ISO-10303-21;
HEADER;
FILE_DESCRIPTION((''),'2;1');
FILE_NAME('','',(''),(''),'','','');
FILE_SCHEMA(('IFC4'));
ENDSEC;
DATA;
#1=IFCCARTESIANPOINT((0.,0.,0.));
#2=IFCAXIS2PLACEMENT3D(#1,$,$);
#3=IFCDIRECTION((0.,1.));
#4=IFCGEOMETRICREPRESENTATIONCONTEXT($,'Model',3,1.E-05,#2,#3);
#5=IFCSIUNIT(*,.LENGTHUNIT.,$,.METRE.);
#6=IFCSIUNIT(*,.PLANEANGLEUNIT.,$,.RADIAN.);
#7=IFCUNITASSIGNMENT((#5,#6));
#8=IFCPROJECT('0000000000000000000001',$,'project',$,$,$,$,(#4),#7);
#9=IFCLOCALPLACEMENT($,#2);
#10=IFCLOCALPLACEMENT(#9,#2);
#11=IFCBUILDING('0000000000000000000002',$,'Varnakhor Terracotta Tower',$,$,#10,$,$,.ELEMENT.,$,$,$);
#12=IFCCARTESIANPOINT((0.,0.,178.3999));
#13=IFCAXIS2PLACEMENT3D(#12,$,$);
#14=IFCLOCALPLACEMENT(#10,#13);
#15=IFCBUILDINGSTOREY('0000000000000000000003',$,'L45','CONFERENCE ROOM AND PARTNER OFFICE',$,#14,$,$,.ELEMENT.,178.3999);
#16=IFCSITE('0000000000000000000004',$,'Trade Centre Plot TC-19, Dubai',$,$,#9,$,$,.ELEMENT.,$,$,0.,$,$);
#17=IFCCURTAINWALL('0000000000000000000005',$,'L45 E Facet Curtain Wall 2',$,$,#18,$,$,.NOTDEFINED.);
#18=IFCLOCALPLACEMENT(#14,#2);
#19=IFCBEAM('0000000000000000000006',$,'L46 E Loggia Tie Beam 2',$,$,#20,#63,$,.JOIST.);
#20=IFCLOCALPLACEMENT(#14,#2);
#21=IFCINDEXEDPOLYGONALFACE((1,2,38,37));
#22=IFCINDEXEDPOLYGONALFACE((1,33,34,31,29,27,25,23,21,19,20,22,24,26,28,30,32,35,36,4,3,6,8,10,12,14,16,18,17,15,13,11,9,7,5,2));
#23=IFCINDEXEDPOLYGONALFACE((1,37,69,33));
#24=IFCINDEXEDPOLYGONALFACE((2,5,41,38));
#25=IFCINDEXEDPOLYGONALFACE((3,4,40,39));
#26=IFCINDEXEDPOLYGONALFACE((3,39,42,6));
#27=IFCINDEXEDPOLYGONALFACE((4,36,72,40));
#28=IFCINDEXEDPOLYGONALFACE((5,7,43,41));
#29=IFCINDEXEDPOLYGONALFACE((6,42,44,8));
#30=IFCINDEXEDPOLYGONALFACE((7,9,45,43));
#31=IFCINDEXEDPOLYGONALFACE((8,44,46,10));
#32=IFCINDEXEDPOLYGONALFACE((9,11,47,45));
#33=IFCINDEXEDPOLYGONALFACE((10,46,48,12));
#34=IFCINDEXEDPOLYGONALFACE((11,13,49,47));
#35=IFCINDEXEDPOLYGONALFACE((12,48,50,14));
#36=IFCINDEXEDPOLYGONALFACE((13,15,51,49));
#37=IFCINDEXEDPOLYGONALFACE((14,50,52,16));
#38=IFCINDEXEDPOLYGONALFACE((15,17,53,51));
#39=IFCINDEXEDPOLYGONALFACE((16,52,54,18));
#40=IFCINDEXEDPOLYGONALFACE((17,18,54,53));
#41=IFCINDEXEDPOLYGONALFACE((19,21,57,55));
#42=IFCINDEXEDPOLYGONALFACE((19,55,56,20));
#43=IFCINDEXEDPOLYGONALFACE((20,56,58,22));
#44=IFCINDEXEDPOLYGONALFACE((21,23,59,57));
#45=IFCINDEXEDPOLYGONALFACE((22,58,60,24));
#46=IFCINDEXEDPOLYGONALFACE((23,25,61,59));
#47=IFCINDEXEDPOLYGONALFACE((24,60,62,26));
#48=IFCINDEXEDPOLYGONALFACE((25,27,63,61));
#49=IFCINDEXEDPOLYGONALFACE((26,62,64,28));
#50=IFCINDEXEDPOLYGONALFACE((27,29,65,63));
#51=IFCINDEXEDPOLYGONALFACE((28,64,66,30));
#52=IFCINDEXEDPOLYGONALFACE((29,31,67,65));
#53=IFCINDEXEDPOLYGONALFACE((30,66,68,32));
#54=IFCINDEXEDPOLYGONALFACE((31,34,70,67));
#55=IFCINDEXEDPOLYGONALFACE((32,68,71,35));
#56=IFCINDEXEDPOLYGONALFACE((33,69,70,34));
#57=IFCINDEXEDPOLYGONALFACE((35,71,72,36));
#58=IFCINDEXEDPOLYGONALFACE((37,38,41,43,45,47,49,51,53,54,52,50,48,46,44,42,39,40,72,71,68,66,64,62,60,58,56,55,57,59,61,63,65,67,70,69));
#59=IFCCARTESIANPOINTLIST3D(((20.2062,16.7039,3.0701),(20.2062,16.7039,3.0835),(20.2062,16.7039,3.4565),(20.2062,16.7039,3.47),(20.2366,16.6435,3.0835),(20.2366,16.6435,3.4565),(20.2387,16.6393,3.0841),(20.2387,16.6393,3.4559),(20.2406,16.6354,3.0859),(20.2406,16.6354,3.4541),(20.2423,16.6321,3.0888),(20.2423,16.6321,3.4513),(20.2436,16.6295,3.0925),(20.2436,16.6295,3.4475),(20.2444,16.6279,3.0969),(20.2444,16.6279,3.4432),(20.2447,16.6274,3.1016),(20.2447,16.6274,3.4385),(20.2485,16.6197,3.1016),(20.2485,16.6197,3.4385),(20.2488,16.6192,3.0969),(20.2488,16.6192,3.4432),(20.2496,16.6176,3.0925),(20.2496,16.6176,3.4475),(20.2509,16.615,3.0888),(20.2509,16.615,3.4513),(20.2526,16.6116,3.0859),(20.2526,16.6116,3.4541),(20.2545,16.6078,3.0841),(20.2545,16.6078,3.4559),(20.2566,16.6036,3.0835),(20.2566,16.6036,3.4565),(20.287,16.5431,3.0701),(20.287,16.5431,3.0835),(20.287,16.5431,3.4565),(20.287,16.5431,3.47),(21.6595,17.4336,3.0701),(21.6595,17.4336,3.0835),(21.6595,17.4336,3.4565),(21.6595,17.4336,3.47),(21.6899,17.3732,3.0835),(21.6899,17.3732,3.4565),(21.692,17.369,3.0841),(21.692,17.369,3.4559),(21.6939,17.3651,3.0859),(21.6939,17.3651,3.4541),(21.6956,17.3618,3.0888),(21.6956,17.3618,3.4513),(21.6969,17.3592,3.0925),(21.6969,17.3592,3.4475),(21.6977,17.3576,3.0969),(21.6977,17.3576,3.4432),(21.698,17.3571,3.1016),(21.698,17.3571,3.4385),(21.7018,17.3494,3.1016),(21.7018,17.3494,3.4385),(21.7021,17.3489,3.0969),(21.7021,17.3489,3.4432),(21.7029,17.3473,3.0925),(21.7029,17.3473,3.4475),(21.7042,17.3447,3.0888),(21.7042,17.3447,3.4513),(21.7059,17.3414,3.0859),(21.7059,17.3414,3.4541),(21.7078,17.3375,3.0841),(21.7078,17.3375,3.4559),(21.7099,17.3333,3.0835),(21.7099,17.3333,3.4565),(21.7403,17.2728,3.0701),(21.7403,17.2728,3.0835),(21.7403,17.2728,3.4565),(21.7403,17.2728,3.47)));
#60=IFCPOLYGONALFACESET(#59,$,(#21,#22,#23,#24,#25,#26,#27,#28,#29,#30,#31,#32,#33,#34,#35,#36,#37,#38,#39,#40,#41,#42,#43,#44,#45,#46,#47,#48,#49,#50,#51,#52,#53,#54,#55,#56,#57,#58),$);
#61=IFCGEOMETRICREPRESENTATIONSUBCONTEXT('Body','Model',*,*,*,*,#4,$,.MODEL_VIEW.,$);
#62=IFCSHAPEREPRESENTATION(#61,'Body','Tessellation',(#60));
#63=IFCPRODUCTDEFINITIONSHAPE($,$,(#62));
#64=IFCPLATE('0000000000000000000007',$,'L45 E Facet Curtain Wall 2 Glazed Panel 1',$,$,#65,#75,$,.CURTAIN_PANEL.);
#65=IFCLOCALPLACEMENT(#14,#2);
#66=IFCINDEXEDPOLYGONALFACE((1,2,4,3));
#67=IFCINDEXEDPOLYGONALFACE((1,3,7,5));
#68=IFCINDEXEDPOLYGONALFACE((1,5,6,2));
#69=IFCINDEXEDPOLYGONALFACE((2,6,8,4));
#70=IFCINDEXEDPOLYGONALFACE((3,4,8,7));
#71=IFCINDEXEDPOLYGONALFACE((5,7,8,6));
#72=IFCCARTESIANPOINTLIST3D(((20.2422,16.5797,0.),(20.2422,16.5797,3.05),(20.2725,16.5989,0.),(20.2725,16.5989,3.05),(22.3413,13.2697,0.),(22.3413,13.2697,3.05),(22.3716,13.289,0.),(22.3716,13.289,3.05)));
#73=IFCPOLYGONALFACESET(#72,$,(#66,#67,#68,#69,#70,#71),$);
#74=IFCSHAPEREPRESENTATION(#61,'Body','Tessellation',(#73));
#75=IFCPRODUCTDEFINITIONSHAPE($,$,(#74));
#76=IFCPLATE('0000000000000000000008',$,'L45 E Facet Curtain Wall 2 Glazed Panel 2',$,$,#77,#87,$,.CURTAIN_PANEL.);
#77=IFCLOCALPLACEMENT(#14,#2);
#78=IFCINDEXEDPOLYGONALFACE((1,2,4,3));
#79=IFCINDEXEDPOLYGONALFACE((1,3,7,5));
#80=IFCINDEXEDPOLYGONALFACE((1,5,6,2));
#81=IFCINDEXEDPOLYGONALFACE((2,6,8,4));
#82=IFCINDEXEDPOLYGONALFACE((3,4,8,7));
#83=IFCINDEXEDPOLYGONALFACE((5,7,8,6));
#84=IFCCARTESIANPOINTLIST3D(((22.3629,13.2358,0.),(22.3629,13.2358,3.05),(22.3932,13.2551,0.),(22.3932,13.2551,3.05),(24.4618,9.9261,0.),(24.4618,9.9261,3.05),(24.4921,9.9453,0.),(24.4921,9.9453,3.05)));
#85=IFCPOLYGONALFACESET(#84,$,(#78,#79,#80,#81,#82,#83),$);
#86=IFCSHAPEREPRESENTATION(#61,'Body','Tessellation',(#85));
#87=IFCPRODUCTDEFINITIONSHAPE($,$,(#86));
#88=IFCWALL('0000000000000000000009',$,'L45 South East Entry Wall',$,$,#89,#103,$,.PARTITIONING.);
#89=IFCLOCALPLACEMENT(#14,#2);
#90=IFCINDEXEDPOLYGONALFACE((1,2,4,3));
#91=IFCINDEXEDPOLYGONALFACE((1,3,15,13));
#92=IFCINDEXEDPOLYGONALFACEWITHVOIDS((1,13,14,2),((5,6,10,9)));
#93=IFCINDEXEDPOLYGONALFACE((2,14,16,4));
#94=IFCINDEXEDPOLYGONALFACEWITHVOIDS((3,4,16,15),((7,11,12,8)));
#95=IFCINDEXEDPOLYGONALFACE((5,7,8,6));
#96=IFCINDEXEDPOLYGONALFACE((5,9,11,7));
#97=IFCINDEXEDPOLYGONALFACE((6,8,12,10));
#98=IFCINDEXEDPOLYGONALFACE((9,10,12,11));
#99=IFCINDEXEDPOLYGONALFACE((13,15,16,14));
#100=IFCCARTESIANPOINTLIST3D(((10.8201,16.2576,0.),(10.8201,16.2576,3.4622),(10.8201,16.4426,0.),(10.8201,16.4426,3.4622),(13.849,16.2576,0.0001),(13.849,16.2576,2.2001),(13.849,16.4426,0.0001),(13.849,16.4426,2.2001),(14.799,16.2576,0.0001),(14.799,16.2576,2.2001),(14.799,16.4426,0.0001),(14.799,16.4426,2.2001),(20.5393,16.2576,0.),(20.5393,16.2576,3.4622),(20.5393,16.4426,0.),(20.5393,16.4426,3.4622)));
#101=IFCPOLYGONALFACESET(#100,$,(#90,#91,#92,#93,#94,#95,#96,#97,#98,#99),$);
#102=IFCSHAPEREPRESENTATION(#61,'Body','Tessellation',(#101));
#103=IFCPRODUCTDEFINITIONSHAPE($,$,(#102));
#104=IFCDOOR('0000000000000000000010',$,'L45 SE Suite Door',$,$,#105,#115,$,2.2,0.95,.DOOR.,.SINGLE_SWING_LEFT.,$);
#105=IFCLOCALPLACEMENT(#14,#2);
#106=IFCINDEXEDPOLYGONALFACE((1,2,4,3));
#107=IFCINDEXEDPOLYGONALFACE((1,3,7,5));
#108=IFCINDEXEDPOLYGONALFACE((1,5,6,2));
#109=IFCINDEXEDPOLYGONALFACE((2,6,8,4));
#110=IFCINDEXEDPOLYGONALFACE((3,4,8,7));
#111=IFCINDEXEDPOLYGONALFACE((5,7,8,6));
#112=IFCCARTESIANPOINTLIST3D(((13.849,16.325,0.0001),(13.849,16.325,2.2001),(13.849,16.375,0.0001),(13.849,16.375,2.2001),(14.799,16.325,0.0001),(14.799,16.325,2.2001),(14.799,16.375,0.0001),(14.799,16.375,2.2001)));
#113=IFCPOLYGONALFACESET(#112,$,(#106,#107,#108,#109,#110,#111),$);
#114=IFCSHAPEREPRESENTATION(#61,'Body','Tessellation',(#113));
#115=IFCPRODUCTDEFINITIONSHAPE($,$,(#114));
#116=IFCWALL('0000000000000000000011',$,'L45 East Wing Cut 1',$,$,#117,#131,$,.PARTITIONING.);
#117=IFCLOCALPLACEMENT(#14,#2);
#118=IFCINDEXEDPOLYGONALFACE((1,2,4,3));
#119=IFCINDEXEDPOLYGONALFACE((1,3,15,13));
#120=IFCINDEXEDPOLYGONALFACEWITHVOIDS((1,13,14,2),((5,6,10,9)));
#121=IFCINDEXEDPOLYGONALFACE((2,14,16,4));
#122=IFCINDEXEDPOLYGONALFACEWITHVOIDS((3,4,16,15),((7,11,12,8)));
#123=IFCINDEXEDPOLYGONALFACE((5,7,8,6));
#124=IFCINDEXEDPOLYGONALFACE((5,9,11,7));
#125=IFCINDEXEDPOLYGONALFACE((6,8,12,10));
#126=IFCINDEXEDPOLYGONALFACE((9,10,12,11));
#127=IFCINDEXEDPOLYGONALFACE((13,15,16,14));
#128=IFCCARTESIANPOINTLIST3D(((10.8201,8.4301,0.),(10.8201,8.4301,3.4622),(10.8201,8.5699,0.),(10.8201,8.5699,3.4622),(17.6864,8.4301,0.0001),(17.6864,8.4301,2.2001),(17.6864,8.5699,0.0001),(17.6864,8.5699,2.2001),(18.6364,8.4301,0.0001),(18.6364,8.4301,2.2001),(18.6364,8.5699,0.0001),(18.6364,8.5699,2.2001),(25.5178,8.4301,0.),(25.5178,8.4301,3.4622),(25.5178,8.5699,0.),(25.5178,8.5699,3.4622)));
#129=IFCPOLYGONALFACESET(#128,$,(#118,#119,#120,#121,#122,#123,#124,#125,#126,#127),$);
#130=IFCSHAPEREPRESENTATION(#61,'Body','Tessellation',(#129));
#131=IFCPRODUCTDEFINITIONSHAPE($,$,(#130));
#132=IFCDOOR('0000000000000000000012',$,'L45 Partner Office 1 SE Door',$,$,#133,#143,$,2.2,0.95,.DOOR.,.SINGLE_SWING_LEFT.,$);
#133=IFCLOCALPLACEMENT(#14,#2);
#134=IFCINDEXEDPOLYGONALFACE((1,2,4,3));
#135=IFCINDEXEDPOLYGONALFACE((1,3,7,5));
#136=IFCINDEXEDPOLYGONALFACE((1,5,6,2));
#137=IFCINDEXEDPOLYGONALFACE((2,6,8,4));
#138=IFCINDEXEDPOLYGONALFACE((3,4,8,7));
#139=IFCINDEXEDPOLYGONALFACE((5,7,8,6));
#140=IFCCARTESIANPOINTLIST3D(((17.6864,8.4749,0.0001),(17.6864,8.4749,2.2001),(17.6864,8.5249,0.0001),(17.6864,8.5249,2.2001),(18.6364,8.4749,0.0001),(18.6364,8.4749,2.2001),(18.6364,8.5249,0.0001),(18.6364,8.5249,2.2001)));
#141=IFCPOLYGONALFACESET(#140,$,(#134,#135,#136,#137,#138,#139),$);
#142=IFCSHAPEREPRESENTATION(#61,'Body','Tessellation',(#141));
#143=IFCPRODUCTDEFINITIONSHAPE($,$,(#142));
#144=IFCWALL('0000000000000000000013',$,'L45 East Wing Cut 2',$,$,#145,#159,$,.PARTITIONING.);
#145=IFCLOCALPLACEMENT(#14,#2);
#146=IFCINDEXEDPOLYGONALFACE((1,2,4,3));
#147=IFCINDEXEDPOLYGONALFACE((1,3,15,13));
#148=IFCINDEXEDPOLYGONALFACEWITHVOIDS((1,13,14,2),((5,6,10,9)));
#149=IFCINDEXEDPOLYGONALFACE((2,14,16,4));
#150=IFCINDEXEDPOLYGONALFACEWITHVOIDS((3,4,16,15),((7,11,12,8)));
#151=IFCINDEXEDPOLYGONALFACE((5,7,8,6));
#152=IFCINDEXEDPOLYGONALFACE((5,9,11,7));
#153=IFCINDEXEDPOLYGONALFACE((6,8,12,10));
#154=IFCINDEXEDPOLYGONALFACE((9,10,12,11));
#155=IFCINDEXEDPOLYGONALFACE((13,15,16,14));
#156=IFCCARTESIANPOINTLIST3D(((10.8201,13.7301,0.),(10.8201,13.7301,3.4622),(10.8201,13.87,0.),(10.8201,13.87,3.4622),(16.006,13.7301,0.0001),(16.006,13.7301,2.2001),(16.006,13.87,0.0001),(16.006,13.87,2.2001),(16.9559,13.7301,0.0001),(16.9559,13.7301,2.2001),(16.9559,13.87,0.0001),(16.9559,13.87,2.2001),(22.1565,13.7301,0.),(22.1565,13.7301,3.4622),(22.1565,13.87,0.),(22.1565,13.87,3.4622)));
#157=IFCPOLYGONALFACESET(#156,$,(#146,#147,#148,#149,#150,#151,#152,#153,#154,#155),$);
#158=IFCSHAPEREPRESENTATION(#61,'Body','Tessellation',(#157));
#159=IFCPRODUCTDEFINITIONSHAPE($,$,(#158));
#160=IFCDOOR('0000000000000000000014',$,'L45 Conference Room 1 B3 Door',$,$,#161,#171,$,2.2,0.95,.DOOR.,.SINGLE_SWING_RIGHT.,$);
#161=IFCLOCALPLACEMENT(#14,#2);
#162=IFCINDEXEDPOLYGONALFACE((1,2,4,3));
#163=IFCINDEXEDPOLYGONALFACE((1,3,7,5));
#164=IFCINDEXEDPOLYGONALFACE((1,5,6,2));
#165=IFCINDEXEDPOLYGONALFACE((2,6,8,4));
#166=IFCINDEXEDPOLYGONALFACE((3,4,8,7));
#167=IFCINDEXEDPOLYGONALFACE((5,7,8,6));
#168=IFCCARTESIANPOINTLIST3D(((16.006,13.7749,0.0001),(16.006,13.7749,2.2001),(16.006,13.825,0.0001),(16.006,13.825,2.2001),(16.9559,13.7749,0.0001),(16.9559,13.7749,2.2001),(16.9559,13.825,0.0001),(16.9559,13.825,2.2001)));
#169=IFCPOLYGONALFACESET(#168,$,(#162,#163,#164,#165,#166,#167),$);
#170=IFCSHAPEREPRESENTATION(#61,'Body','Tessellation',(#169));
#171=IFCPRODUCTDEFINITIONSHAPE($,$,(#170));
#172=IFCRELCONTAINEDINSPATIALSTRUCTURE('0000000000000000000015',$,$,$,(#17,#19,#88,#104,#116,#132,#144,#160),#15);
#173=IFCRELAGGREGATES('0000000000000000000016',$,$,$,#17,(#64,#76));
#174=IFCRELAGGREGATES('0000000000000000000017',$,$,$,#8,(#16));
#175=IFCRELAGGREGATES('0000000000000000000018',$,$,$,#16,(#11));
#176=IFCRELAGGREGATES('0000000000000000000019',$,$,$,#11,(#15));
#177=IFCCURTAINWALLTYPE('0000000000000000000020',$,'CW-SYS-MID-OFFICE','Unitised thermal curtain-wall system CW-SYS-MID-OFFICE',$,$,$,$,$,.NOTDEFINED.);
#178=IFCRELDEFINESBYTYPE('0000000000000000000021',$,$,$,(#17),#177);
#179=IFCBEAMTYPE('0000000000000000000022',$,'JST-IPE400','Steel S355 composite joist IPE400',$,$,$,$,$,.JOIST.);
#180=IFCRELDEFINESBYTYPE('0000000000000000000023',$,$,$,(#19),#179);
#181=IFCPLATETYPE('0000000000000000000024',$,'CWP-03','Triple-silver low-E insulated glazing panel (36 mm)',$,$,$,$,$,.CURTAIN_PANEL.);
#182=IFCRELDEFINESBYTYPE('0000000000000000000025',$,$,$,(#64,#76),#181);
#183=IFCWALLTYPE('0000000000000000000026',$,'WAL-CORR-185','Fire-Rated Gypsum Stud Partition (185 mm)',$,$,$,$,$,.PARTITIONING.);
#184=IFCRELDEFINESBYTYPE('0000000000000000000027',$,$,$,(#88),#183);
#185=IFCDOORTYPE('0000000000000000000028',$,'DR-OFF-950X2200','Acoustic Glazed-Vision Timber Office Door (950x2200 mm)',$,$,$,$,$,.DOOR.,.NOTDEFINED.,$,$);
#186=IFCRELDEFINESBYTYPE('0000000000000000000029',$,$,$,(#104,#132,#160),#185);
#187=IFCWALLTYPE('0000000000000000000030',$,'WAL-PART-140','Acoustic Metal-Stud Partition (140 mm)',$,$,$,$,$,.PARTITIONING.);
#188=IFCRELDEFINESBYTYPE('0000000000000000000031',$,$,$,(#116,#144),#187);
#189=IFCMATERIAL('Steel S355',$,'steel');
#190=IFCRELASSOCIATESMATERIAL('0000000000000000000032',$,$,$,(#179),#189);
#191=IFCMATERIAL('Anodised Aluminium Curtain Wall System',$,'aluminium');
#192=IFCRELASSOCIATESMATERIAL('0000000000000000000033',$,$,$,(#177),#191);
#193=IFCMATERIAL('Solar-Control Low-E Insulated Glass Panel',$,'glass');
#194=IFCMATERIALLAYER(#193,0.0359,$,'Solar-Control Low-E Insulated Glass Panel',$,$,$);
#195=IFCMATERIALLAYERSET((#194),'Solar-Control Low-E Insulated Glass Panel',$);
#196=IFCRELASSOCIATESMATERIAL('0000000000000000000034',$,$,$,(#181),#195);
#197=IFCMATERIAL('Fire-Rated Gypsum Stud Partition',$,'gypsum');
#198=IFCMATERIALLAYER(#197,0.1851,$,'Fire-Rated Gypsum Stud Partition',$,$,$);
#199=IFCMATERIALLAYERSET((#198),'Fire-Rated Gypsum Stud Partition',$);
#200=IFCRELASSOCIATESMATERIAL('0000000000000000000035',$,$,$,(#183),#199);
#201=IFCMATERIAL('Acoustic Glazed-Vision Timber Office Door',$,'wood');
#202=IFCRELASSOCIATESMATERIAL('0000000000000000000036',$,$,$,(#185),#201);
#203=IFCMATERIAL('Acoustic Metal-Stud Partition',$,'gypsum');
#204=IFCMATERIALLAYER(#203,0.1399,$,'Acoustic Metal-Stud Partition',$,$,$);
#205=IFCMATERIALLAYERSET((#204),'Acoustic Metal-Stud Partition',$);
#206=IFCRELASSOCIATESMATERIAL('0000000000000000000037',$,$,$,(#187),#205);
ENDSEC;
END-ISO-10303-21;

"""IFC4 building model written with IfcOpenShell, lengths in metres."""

from ifc_helpers import new_model, si_unit, direction, frame, frame_2d, origin, origin_2d, place, context, subcontext, project, spatial, rectangle, i_section, extrude, source, transform, mapped, material, layer, layer_set, material_profile, profile_set, type_object, type_shapes, element, fill, aggregate, save


model = new_model("IFC4")

# Units and contexts
model_context = context("Model", 3, precision=1e-05, world=origin(), true_north=direction((0.0, 1.0)))
body_context = subcontext(model_context, "Body", "Model", "MODEL_VIEW")
ifc_project = project(units=[si_unit("LENGTHUNIT", "METRE"), si_unit("PLANEANGLEUNIT", "RADIAN")], contexts=[model_context])

# Site, building, storey
site_placement = place(None, origin())
site = spatial("IfcSite", under=ifc_project, at=site_placement, Name="Trade Centre Plot TC-19, Dubai", CompositionType="ELEMENT", RefElevation=0.0)
building_placement = place(site_placement, origin())
building = spatial("IfcBuilding", under=site, at=building_placement, Name="Varnakhor Terracotta Tower", CompositionType="ELEMENT")
storey_placement = place(building_placement, frame((0.0, 0.0, 178.3999)))
storey = spatial("IfcBuildingStorey", under=building, at=storey_placement, Name="L45", Description="CONFERENCE ROOM AND PARTNER OFFICE", CompositionType="ELEMENT", Elevation=178.3999)

# Shared definitions
ifc_material_1 = material(Name="Steel S355", Category="steel")
ifc_material_profile_1 = material_profile(ifc_material_1, i_section(OverallWidth=0.1799, OverallDepth=0.3999, WebThickness=0.0085, FlangeThickness=0.0134, FilletRadius=0.0181, at=origin_2d()), Name="IPE400")
ifc_profile_set_1 = profile_set([ifc_material_profile_1], Name="Steel S355")
beam_type = type_object("IfcBeamType", Name="JST-IPE400", Description="Steel S355 composite joist IPE400", PredefinedType="JOIST", material=ifc_profile_set_1)

# Curtain wall
ifc_material_2 = material(Name="Anodised Aluminium Curtain Wall System", Category="aluminium")
curtain_wall_type = type_object("IfcCurtainWallType", Name="CW-SYS-MID-OFFICE", Description="Unitised thermal curtain-wall system CW-SYS-MID-OFFICE", PredefinedType="NOTDEFINED", material=ifc_material_2)
curtain_wall_placement = place(storey_placement, origin())
curtain_wall = element("IfcCurtainWall", 1, at=curtain_wall_placement, inside=storey, type_object=curtain_wall_type, Name="L45 E Facet Curtain Wall 2", PredefinedType="NOTDEFINED")

# Beam
shared_shape_1 = source(origin(), body_context, "Body", "SweptSolid", [
    extrude(i_section(OverallWidth=0.1799, OverallDepth=0.3999, WebThickness=0.0085, FlangeThickness=0.0134, FilletRadius=0.0181, at=origin_2d()), origin(), (0.0, 0.0, 1.0), 1.6262),
])
beam_1_placement = place(storey_placement, frame((20.2466, 16.6235, 3.27), z_axis=(0.893675, 0.448714, 0.0), x_axis=(-0.448714, 0.893675, 0.0)))
element("IfcBeam", 2, at=beam_1_placement, inside=storey, type_object=beam_type, Name="L46 E Loggia Tie Beam 2", PredefinedType="JOIST", context=body_context, shape_type="MappedRepresentation", body=[
    mapped(shared_shape_1, transform((0.0, 0.0, 0.0), scale=1.0)),
])

# Plates
ifc_material_3 = material(Name="Solar-Control Low-E Insulated Glass Panel", Category="glass")
ifc_layer_1 = layer(ifc_material_3, 0.0359, Name="Solar-Control Low-E Insulated Glass Panel")
ifc_layer_set_1 = layer_set([ifc_layer_1], Name="Solar-Control Low-E Insulated Glass Panel")
plate_type = type_object("IfcPlateType", Name="CWP-03", Description="Triple-silver low-E insulated glazing panel (36 mm)", PredefinedType="CURTAIN_PANEL", material=ifc_layer_set_1)
shared_shape_2 = source(origin(), body_context, "Body", "SweptSolid", [
    extrude(rectangle(XDim=3.9194, YDim=0.0359, at=origin_2d()), origin(), (0.0, 0.0, 1.0), 3.05),
])
plate_1_placement = place(storey_placement, frame((21.3069, 14.9343, 0.0), z_axis=(0.0, 0.0, 1.0), x_axis=(0.535562, -0.844496, 0.0)))
plate_1 = element("IfcPlate", 3, at=plate_1_placement, type_object=plate_type, Name="L45 E Facet Curtain Wall 2 Glazed Panel 1", PredefinedType="CURTAIN_PANEL", context=body_context, shape_type="MappedRepresentation", body=[
    mapped(shared_shape_2, transform((0.0, 0.0, 0.0), scale=1.0)),
])
shared_shape_3 = source(origin(), body_context, "Body", "SweptSolid", [
    extrude(rectangle(XDim=3.9192, YDim=0.0359, at=origin_2d()), origin(), (0.0, 0.0, 1.0), 3.05),
])
plate_2_placement = place(storey_placement, frame((23.4275, 11.5906, 0.0), z_axis=(0.0, 0.0, 1.0), x_axis=(0.535562, -0.844496, 0.0)))
plate_2 = element("IfcPlate", 4, at=plate_2_placement, type_object=plate_type, Name="L45 E Facet Curtain Wall 2 Glazed Panel 2", PredefinedType="CURTAIN_PANEL", context=body_context, shape_type="MappedRepresentation", body=[
    mapped(shared_shape_3, transform((0.0, 0.0, 0.0), scale=1.0)),
])
aggregate(curtain_wall, [plate_1, plate_2])

# Walls, openings, doors
ifc_material_4 = material(Name="Fire-Rated Gypsum Stud Partition", Category="gypsum")
ifc_layer_2 = layer(ifc_material_4, 0.1851, Name="Fire-Rated Gypsum Stud Partition")
ifc_layer_set_2 = layer_set([ifc_layer_2], Name="Fire-Rated Gypsum Stud Partition")
wall_type_1 = type_object("IfcWallType", Name="WAL-CORR-185", Description="Fire-Rated Gypsum Stud Partition (185 mm)", PredefinedType="PARTITIONING", material=ifc_layer_set_2)
wall_1_placement = place(storey_placement, frame((10.8201, 16.3501, 0.0), z_axis=(0.0, 0.0, 1.0), x_axis=(1.0, 0.0, 0.0)))
wall_1 = element("IfcWall", 5, at=wall_1_placement, inside=storey, type_object=wall_type_1, Name="L45 South East Entry Wall", PredefinedType="PARTITIONING", context=body_context, shape_type="SweptSolid", body=[
    extrude(rectangle(XDim=9.7192, YDim=0.1851, at=frame_2d((4.8596, 0.0))), origin(), (0.0, 0.0, 1.0), 3.4622),
])
opening_1_placement = place(wall_1_placement, frame((3.0288, 0.0, 0.0)))
opening_1 = element("IfcOpeningElement", 6, at=opening_1_placement, cuts=wall_1, PredefinedType="OPENING", context=body_context, shape_type="SweptSolid", body=[
    extrude(rectangle(XDim=0.95, YDim=2.2, at=frame_2d((0.4751, 1.1001))), frame((0.0, 0.1025, 0.0), z_axis=(0.0, -1.0, 0.0), x_axis=(1.0, 0.0, 0.0)), (0.0, 0.0, 1.0), 0.2051),
])
ifc_material_5 = material(Name="Acoustic Glazed-Vision Timber Office Door", Category="wood")
door_type = type_object("IfcDoorType", Name="DR-OFF-950X2200", Description="Acoustic Glazed-Vision Timber Office Door (950x2200 mm)", OperationType="NOTDEFINED", PredefinedType="DOOR", material=ifc_material_5)
shared_shape_4 = source(origin(), body_context, "Body", "SweptSolid", [
    extrude(rectangle(XDim=0.95, YDim=2.2, at=frame_2d((0.4751, 1.1001))), frame((0.0, 0.0249, 0.0), z_axis=(0.0, -1.0, 0.0), x_axis=(1.0, 0.0, 0.0)), (0.0, 0.0, 1.0), 0.05),
])
type_shapes(door_type, [shared_shape_4])
door_1_placement = place(opening_1_placement, origin())
door_1 = element("IfcDoor", 7, at=door_1_placement, inside=storey, type_object=door_type, Name="L45 SE Suite Door", OperationType="SINGLE_SWING_LEFT", OverallHeight=2.2, OverallWidth=0.95, PredefinedType="DOOR", context=body_context, shape_type="MappedRepresentation", body=[
    mapped(shared_shape_4, transform((0.0, 0.0, 0.0), scale=1.0)),
])
fill(opening_1, door_1)
ifc_material_6 = material(Name="Acoustic Metal-Stud Partition", Category="gypsum")
ifc_layer_3 = layer(ifc_material_6, 0.1399, Name="Acoustic Metal-Stud Partition")
ifc_layer_set_3 = layer_set([ifc_layer_3], Name="Acoustic Metal-Stud Partition")
wall_type_2 = type_object("IfcWallType", Name="WAL-PART-140", Description="Acoustic Metal-Stud Partition (140 mm)", PredefinedType="PARTITIONING", material=ifc_layer_set_3)
wall_2_placement = place(storey_placement, frame((10.8201, 8.5, 0.0), z_axis=(0.0, 0.0, 1.0), x_axis=(1.0, 0.0, 0.0)))
wall_2 = element("IfcWall", 8, at=wall_2_placement, inside=storey, type_object=wall_type_2, Name="L45 East Wing Cut 1", PredefinedType="PARTITIONING", context=body_context, shape_type="SweptSolid", body=[
    extrude(rectangle(XDim=14.6978, YDim=0.1399, at=frame_2d((7.3489, 0.0))), origin(), (0.0, 0.0, 1.0), 3.4622),
])
opening_2_placement = place(wall_2_placement, frame((6.8662, 0.0, 0.0)))
opening_2 = element("IfcOpeningElement", 9, at=opening_2_placement, cuts=wall_2, PredefinedType="OPENING", context=body_context, shape_type="SweptSolid", body=[
    extrude(rectangle(XDim=0.95, YDim=2.2, at=frame_2d((0.4751, 1.1001))), frame((0.0, 0.0801, 0.0), z_axis=(0.0, -1.0, 0.0), x_axis=(1.0, 0.0, 0.0)), (0.0, 0.0, 1.0), 0.1599),
])
door_2_placement = place(opening_2_placement, origin())
door_2 = element("IfcDoor", 10, at=door_2_placement, inside=storey, type_object=door_type, Name="L45 Partner Office 1 SE Door", OperationType="SINGLE_SWING_LEFT", OverallHeight=2.2, OverallWidth=0.95, PredefinedType="DOOR", context=body_context, shape_type="MappedRepresentation", body=[
    mapped(shared_shape_4, transform((0.0, 0.0, 0.0), scale=1.0)),
])
fill(opening_2, door_2)
wall_3_placement = place(storey_placement, frame((10.8201, 13.8, 0.0), z_axis=(0.0, 0.0, 1.0), x_axis=(1.0, 0.0, 0.0)))
wall_3 = element("IfcWall", 11, at=wall_3_placement, inside=storey, type_object=wall_type_2, Name="L45 East Wing Cut 2", PredefinedType="PARTITIONING", context=body_context, shape_type="SweptSolid", body=[
    extrude(rectangle(XDim=11.3364, YDim=0.1399, at=frame_2d((5.6682, 0.0))), origin(), (0.0, 0.0, 1.0), 3.4622),
])
opening_3_placement = place(wall_3_placement, frame((5.1858, 0.0, 0.0)))
opening_3 = element("IfcOpeningElement", 12, at=opening_3_placement, cuts=wall_3, PredefinedType="OPENING", context=body_context, shape_type="SweptSolid", body=[
    extrude(rectangle(XDim=0.95, YDim=2.2, at=frame_2d((0.4751, 1.1001))), frame((0.0, 0.0801, 0.0), z_axis=(0.0, -1.0, 0.0), x_axis=(1.0, 0.0, 0.0)), (0.0, 0.0, 1.0), 0.1599),
])
door_3_placement = place(opening_3_placement, origin())
door_3 = element("IfcDoor", 13, at=door_3_placement, inside=storey, type_object=door_type, Name="L45 Conference Room 1 B3 Door", OperationType="SINGLE_SWING_RIGHT", OverallHeight=2.2, OverallWidth=0.95, PredefinedType="DOOR", context=body_context, shape_type="MappedRepresentation", body=[
    mapped(shared_shape_4, transform((0.0, 0.0, 0.0), scale=1.0)),
])
fill(opening_3, door_3)

save(model, "model.ifc")
